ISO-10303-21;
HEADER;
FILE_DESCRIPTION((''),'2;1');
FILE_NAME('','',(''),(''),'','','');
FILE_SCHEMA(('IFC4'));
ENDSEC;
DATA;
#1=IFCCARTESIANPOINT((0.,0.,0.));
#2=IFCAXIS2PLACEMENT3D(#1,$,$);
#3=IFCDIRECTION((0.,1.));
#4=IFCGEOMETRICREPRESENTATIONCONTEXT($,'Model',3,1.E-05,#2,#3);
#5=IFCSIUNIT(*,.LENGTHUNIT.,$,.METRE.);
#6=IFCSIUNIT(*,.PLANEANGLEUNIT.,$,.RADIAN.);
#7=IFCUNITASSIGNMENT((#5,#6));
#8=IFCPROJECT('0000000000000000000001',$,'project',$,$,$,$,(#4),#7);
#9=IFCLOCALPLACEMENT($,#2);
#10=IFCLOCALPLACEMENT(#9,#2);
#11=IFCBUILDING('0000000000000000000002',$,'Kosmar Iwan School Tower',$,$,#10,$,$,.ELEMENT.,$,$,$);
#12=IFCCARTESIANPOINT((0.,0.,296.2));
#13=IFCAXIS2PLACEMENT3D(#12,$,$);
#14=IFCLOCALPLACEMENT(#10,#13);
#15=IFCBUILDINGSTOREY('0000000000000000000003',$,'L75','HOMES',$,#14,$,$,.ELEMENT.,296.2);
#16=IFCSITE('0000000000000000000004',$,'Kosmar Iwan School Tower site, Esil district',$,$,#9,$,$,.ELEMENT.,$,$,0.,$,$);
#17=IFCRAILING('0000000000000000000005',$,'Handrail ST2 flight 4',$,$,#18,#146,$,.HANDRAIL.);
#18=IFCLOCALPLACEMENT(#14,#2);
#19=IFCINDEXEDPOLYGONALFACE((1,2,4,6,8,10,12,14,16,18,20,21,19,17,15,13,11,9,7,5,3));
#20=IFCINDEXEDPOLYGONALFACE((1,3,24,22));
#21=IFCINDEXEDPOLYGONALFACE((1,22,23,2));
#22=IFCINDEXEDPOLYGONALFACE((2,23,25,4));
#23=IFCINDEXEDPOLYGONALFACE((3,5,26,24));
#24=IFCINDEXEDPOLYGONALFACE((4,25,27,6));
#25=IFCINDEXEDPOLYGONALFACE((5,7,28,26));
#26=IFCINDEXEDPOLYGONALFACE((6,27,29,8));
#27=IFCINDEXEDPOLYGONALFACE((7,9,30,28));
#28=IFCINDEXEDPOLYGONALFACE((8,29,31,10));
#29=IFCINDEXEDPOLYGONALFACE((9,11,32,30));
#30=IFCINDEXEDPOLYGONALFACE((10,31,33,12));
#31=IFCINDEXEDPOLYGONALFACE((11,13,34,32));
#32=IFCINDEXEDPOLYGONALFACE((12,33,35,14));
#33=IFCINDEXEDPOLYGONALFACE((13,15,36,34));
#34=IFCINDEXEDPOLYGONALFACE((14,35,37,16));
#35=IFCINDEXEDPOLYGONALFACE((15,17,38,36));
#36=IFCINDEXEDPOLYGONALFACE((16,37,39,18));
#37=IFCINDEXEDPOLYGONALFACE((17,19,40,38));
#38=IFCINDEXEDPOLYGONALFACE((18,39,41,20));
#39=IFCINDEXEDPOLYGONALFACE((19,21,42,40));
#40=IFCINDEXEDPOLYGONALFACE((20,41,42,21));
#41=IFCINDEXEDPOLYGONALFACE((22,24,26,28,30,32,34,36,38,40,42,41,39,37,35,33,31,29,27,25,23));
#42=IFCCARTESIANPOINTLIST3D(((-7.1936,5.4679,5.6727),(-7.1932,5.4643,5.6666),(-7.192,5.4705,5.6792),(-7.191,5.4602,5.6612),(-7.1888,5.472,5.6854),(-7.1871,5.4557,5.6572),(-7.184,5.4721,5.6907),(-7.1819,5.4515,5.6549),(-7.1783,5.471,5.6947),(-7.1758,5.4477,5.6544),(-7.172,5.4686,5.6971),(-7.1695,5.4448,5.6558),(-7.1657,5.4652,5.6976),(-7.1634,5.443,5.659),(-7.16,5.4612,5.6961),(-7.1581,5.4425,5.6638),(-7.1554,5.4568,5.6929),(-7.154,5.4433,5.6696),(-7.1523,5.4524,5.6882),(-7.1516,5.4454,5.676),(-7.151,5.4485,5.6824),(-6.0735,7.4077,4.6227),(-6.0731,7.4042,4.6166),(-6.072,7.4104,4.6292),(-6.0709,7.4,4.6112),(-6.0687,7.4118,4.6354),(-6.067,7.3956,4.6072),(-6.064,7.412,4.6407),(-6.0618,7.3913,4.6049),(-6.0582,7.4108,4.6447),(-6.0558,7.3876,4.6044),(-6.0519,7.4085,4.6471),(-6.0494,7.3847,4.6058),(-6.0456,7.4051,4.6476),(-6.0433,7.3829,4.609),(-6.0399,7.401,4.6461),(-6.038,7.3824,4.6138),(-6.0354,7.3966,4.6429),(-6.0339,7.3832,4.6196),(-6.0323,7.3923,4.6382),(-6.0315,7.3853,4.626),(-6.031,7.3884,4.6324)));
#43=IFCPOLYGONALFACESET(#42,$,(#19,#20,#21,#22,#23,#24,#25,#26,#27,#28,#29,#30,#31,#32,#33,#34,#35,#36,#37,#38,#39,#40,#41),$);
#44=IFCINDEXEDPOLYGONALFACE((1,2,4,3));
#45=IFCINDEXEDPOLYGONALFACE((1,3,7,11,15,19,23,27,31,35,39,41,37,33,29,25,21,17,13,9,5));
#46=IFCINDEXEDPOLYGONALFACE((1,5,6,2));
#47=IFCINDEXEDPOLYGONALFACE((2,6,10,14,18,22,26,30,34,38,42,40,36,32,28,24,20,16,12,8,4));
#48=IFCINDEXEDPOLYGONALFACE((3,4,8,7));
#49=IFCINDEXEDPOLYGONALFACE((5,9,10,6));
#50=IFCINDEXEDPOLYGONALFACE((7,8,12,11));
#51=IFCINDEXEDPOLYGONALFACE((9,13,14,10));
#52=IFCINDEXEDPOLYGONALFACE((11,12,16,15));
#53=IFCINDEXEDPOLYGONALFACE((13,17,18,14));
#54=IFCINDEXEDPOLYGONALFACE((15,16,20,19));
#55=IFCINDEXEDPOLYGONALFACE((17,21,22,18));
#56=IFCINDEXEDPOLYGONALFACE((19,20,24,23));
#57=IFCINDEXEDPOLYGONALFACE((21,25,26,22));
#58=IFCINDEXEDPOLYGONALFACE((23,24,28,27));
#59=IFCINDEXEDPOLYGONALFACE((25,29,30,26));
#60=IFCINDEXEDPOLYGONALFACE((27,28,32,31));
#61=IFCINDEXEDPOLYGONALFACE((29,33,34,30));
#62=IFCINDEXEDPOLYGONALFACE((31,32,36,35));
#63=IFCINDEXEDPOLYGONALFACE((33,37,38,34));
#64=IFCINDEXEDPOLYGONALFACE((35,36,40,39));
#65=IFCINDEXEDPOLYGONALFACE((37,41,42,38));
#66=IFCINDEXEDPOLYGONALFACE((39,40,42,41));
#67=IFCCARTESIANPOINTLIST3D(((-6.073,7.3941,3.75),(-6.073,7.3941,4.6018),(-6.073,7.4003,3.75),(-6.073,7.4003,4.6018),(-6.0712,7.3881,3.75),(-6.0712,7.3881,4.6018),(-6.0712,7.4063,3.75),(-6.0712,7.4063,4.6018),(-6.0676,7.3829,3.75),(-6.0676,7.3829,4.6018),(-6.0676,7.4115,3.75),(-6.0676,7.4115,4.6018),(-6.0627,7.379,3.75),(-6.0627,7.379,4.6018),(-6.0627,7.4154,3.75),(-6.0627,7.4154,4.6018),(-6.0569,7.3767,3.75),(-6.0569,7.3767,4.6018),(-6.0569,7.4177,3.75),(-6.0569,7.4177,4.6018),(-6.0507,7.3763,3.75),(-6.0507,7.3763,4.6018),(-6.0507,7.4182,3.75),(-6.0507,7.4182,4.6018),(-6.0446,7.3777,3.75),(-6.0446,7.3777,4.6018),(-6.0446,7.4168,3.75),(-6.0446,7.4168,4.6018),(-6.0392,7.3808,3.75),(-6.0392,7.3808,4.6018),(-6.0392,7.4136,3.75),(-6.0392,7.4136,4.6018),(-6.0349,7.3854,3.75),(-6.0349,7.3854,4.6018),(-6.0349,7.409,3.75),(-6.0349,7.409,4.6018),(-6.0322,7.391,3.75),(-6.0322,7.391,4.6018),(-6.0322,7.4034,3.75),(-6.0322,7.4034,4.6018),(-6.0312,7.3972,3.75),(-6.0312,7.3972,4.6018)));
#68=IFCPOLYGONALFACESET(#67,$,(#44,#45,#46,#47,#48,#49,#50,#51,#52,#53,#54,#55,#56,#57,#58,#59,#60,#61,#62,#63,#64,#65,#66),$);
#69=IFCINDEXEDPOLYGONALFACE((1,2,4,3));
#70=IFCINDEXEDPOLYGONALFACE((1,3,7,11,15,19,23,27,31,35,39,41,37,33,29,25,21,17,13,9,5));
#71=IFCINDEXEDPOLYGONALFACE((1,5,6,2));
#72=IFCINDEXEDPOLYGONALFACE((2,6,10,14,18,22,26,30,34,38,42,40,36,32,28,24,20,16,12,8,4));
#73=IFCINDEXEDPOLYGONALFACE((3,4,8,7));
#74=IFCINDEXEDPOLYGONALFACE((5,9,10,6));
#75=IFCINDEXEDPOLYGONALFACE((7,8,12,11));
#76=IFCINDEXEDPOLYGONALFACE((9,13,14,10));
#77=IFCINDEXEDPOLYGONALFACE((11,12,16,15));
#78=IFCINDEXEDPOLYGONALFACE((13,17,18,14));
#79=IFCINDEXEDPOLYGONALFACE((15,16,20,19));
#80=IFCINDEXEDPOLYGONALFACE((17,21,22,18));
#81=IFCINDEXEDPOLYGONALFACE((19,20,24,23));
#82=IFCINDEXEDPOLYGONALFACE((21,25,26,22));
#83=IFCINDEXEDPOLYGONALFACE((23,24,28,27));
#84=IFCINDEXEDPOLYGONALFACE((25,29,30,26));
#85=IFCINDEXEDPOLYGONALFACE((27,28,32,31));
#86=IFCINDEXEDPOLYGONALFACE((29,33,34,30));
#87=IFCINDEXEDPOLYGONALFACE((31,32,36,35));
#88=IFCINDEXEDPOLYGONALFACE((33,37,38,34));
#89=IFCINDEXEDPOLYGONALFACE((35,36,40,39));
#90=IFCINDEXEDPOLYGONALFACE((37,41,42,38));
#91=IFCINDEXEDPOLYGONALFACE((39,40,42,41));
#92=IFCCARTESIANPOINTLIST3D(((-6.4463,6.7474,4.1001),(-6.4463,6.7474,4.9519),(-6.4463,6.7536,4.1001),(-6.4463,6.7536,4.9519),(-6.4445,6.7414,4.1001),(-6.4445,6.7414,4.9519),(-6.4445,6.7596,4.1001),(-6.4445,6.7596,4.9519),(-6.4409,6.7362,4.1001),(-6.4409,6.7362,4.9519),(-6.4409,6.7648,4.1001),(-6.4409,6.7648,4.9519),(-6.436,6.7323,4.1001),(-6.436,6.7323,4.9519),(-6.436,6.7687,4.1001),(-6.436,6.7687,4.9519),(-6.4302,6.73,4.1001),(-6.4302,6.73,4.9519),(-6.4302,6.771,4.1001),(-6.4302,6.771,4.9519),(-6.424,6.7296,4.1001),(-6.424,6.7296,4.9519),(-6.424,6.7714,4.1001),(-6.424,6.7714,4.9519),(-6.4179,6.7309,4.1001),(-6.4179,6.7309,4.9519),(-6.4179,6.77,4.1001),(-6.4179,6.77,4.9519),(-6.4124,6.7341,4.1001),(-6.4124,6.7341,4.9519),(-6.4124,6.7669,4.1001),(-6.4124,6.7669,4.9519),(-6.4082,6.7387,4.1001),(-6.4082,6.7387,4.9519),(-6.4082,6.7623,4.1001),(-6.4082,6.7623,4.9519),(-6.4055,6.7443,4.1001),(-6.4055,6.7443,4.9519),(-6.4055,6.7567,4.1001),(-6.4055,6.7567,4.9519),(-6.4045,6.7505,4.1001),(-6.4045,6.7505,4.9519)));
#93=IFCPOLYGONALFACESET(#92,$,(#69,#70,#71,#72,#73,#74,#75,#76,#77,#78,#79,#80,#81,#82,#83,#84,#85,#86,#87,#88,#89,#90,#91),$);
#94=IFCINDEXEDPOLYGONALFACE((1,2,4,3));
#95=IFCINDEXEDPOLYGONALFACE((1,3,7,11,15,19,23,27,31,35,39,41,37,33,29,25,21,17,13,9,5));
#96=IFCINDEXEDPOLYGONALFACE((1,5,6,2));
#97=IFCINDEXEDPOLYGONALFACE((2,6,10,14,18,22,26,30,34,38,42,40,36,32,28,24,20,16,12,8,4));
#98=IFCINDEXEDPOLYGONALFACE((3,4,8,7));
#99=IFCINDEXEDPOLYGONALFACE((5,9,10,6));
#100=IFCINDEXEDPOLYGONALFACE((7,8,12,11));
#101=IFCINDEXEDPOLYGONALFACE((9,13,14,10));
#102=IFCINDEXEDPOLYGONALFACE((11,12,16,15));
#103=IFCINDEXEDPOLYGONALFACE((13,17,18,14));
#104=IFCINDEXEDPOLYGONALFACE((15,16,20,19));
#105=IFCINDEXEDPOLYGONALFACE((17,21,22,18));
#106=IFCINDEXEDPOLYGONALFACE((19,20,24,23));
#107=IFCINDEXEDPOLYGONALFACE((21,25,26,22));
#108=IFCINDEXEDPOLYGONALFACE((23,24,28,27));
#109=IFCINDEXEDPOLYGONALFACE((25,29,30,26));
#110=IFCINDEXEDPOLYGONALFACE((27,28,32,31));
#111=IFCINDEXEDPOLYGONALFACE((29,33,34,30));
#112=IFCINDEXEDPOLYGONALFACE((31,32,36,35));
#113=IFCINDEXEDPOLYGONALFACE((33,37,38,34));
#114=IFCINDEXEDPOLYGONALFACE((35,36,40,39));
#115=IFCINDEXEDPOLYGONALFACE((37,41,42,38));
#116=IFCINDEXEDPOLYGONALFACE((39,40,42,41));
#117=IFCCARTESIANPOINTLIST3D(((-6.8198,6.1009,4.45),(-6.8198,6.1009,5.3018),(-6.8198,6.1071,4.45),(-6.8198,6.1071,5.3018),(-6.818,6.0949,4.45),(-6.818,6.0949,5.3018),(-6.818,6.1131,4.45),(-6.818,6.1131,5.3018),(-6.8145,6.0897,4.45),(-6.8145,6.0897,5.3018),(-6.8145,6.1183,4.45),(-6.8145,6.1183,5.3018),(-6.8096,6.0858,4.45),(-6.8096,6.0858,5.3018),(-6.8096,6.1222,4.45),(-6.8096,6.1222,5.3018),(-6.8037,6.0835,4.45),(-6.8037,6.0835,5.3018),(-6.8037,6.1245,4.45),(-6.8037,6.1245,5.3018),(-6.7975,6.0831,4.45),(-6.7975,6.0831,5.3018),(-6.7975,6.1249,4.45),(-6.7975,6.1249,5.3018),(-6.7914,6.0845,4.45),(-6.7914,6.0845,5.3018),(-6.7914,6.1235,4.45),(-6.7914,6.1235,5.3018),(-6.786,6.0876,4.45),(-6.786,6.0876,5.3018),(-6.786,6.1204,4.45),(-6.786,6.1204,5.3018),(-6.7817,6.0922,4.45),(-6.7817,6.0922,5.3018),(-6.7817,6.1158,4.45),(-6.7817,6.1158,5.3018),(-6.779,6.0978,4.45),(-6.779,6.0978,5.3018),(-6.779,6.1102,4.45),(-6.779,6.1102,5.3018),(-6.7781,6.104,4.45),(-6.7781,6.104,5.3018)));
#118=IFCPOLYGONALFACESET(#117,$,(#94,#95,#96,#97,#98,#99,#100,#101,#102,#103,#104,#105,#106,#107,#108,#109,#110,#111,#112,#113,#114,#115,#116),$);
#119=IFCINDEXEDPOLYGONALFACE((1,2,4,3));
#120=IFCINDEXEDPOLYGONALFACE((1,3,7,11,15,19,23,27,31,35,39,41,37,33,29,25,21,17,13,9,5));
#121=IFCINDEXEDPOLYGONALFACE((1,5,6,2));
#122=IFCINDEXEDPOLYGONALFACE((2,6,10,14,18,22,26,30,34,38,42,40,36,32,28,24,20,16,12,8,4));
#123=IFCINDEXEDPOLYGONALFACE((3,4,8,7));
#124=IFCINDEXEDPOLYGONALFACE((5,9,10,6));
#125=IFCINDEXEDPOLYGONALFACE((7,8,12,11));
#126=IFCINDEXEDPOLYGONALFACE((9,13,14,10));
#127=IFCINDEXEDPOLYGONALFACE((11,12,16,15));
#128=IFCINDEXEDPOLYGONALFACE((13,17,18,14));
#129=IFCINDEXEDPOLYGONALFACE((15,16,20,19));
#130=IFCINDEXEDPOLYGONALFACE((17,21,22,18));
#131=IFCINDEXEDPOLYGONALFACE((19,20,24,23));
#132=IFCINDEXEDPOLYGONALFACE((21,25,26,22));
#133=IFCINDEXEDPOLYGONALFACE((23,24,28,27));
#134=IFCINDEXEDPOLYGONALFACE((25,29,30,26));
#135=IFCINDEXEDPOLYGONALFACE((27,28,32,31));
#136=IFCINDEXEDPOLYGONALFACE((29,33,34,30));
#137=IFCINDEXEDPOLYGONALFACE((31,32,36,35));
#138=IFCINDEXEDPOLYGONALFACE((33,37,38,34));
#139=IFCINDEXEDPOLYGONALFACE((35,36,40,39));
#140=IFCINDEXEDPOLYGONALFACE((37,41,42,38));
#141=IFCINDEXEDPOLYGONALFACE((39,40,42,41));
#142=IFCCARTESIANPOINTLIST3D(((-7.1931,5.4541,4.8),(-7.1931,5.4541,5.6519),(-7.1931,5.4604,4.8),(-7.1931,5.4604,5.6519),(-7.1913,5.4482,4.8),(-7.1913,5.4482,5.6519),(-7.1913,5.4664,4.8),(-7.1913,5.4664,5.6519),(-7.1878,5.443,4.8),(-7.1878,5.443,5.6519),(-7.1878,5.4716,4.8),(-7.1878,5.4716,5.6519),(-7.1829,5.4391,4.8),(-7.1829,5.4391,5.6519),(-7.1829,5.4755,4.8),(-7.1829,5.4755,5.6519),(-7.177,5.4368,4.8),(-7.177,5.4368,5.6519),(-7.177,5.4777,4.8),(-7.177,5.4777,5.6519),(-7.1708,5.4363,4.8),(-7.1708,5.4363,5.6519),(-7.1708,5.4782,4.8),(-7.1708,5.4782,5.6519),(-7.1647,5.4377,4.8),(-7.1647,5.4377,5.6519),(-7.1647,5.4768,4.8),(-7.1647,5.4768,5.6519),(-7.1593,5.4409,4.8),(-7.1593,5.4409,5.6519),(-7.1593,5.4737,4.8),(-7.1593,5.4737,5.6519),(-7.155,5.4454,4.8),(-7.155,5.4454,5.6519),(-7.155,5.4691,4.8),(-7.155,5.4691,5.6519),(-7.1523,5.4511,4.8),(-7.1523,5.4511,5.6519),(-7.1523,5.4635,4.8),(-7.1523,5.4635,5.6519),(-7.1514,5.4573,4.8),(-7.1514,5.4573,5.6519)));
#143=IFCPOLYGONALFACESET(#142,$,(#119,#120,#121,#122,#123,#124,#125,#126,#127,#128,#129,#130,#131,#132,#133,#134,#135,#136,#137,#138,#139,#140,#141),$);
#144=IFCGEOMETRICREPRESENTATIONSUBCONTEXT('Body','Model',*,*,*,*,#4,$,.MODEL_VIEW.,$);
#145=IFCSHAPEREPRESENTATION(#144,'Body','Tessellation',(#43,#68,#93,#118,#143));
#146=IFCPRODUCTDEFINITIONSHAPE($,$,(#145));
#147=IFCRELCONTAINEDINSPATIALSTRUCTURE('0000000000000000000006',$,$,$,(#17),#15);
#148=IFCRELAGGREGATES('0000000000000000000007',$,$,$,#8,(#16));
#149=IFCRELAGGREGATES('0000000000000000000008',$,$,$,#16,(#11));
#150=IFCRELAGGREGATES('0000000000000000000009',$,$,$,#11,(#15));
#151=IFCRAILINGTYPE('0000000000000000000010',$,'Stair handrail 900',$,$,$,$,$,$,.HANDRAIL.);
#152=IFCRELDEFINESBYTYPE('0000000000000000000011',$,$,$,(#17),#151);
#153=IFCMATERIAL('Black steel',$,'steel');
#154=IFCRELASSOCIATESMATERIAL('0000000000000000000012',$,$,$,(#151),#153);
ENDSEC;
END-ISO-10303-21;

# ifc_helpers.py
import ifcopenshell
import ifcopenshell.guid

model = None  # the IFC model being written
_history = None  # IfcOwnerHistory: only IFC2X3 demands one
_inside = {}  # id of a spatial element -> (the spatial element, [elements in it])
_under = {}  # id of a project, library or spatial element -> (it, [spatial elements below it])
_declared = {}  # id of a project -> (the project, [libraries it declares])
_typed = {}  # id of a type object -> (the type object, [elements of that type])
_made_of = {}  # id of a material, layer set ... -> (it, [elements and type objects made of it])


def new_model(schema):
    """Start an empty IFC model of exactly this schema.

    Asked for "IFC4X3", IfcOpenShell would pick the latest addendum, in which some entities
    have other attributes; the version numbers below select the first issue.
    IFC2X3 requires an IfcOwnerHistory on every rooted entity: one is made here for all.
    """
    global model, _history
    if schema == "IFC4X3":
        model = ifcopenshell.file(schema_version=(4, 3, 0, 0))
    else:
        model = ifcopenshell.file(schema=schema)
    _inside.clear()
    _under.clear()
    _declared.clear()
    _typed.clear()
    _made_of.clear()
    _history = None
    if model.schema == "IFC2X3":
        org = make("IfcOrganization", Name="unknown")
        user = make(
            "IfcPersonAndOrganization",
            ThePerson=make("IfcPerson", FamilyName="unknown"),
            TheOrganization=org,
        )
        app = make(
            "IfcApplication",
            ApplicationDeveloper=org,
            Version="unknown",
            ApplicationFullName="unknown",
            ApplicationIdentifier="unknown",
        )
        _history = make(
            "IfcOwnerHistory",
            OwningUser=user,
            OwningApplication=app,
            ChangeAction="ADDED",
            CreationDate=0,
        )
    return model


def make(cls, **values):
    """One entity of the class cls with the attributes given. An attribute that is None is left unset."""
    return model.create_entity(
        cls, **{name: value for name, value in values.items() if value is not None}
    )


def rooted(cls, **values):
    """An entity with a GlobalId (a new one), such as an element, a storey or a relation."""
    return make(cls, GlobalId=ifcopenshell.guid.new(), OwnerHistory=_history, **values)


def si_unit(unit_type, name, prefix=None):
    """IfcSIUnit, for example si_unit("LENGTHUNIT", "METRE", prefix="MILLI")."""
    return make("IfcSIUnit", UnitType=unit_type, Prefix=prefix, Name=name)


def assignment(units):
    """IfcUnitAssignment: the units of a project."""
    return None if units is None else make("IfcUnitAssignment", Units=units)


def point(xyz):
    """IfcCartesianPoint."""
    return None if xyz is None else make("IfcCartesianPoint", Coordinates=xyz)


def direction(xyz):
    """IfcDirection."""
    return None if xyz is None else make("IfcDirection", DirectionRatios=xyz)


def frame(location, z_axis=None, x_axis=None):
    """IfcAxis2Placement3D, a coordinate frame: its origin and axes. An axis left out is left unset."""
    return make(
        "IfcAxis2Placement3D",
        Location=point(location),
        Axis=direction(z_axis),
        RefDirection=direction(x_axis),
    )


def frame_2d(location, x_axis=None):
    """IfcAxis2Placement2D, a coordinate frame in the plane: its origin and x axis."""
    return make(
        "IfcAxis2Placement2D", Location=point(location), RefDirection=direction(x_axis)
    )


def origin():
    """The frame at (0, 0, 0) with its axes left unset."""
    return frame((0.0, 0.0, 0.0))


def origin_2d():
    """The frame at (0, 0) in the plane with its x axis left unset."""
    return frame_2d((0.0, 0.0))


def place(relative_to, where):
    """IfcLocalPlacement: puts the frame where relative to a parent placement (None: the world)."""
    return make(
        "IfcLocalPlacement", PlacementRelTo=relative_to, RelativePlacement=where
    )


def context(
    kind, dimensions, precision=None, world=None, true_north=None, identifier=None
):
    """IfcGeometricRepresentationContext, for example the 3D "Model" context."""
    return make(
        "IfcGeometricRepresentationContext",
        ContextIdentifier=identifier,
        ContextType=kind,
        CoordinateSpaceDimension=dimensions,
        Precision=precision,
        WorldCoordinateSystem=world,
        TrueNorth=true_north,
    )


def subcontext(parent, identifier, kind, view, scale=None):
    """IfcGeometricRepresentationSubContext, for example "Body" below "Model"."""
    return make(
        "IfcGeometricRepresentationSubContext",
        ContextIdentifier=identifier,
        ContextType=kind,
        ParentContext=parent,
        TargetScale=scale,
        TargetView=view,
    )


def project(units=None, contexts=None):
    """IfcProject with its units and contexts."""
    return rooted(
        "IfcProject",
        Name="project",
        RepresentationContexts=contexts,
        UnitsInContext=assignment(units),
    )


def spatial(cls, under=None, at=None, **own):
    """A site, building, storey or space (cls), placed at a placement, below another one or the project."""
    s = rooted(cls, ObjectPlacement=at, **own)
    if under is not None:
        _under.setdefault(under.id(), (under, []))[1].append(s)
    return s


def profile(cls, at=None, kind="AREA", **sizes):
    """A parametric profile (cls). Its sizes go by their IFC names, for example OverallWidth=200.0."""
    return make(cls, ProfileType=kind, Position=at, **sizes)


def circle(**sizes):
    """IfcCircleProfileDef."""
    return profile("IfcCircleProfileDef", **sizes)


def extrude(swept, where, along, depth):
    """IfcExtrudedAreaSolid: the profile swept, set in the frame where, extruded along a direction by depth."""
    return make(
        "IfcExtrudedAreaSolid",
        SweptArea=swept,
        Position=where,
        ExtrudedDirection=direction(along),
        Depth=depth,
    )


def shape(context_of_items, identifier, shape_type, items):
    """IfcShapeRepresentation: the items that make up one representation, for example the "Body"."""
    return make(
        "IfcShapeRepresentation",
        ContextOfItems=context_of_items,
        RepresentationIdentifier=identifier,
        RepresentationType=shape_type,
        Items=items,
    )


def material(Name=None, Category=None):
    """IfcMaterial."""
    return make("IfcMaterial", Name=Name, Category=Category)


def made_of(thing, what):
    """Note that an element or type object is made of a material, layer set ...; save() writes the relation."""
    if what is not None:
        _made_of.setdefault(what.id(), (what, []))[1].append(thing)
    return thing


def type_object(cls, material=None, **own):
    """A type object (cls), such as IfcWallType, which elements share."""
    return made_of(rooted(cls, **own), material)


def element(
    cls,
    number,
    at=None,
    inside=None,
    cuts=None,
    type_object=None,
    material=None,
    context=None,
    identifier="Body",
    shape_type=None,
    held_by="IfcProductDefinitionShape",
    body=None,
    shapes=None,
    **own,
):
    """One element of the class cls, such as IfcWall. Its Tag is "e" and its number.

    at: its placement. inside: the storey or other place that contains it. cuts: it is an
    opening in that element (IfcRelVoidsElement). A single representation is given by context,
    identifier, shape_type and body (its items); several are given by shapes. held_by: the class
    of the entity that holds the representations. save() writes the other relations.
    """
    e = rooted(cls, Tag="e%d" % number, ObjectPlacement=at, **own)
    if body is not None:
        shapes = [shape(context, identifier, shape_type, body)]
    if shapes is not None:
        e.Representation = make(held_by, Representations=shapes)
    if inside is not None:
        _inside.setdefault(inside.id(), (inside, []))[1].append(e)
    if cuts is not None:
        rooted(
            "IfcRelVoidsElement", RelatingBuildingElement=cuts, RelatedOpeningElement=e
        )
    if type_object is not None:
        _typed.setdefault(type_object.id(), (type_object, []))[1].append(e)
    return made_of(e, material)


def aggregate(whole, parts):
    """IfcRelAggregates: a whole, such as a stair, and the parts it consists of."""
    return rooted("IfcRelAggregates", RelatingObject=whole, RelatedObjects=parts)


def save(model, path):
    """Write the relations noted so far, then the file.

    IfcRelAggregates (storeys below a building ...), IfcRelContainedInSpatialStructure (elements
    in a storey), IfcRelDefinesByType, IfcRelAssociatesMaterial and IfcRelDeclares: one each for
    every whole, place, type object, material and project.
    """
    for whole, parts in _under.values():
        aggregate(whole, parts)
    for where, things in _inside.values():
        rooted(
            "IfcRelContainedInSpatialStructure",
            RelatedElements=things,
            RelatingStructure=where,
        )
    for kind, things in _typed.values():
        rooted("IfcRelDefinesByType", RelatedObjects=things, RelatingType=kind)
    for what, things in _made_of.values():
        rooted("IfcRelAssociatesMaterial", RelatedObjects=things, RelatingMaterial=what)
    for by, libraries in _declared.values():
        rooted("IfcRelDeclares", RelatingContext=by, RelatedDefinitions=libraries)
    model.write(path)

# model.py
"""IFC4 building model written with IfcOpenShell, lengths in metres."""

from ifc_helpers import new_model, si_unit, direction, frame, origin, origin_2d, place, context, subcontext, project, spatial, circle, extrude, material, type_object, element, save


model = new_model("IFC4")

# Units and contexts
model_context = context("Model", 3, precision=1e-05, world=origin(), true_north=direction((0.0, 1.0)))
body_context = subcontext(model_context, "Body", "Model", "MODEL_VIEW")
ifc_project = project(units=[si_unit("LENGTHUNIT", "METRE"), si_unit("PLANEANGLEUNIT", "RADIAN")], contexts=[model_context])

# Site, building, storey
site_placement = place(None, origin())
site = spatial("IfcSite", under=ifc_project, at=site_placement, Name="Kosmar Iwan School Tower site, Esil district", CompositionType="ELEMENT", RefElevation=0.0)
building_placement = place(site_placement, origin())
building = spatial("IfcBuilding", under=site, at=building_placement, Name="Kosmar Iwan School Tower", CompositionType="ELEMENT")
storey_placement = place(building_placement, frame((0.0, 0.0, 296.2)))
storey = spatial("IfcBuildingStorey", under=building, at=storey_placement, Name="L75", Description="HOMES", CompositionType="ELEMENT", Elevation=296.2)

# Railing
ifc_material_1 = material(Name="Black steel", Category="steel")
railing_type = type_object("IfcRailingType", Name="Stair handrail 900", PredefinedType="HANDRAIL", material=ifc_material_1)
for number, where, name in (
    (1, (-6.0522, 7.3972, 3.75), "Handrail ST2 flight 4"),
):
    element("IfcRailing", number, at=place(storey_placement, frame(where)), inside=storey, type_object=railing_type, Name=name, PredefinedType="HANDRAIL", context=body_context, shape_type="SweptSolid", body=[
        extrude(circle(Radius=0.0239, at=origin_2d()), frame((0.0, 0.0, 0.876), z_axis=(-0.452757, -0.784134, 0.424435), x_axis=(0.866008, -0.500031, 0.0)), (0.0, 0.0, 1.0), 2.4739),
        extrude(circle(Radius=0.021, at=origin_2d()), origin(), (0.0, 0.0, 1.0), 0.8518),
        extrude(circle(Radius=0.021, at=origin_2d()), frame((-0.3733, -0.6467, 0.3501)), (0.0, 0.0, 1.0), 0.8518),
        extrude(circle(Radius=0.021, at=origin_2d()), frame((-0.7468, -1.2932, 0.7)), (0.0, 0.0, 1.0), 0.8518),
        extrude(circle(Radius=0.021, at=origin_2d()), frame((-1.1201, -1.9399, 1.05)), (0.0, 0.0, 1.0), 0.8518),
    ])

save(model, "model.ifc")
